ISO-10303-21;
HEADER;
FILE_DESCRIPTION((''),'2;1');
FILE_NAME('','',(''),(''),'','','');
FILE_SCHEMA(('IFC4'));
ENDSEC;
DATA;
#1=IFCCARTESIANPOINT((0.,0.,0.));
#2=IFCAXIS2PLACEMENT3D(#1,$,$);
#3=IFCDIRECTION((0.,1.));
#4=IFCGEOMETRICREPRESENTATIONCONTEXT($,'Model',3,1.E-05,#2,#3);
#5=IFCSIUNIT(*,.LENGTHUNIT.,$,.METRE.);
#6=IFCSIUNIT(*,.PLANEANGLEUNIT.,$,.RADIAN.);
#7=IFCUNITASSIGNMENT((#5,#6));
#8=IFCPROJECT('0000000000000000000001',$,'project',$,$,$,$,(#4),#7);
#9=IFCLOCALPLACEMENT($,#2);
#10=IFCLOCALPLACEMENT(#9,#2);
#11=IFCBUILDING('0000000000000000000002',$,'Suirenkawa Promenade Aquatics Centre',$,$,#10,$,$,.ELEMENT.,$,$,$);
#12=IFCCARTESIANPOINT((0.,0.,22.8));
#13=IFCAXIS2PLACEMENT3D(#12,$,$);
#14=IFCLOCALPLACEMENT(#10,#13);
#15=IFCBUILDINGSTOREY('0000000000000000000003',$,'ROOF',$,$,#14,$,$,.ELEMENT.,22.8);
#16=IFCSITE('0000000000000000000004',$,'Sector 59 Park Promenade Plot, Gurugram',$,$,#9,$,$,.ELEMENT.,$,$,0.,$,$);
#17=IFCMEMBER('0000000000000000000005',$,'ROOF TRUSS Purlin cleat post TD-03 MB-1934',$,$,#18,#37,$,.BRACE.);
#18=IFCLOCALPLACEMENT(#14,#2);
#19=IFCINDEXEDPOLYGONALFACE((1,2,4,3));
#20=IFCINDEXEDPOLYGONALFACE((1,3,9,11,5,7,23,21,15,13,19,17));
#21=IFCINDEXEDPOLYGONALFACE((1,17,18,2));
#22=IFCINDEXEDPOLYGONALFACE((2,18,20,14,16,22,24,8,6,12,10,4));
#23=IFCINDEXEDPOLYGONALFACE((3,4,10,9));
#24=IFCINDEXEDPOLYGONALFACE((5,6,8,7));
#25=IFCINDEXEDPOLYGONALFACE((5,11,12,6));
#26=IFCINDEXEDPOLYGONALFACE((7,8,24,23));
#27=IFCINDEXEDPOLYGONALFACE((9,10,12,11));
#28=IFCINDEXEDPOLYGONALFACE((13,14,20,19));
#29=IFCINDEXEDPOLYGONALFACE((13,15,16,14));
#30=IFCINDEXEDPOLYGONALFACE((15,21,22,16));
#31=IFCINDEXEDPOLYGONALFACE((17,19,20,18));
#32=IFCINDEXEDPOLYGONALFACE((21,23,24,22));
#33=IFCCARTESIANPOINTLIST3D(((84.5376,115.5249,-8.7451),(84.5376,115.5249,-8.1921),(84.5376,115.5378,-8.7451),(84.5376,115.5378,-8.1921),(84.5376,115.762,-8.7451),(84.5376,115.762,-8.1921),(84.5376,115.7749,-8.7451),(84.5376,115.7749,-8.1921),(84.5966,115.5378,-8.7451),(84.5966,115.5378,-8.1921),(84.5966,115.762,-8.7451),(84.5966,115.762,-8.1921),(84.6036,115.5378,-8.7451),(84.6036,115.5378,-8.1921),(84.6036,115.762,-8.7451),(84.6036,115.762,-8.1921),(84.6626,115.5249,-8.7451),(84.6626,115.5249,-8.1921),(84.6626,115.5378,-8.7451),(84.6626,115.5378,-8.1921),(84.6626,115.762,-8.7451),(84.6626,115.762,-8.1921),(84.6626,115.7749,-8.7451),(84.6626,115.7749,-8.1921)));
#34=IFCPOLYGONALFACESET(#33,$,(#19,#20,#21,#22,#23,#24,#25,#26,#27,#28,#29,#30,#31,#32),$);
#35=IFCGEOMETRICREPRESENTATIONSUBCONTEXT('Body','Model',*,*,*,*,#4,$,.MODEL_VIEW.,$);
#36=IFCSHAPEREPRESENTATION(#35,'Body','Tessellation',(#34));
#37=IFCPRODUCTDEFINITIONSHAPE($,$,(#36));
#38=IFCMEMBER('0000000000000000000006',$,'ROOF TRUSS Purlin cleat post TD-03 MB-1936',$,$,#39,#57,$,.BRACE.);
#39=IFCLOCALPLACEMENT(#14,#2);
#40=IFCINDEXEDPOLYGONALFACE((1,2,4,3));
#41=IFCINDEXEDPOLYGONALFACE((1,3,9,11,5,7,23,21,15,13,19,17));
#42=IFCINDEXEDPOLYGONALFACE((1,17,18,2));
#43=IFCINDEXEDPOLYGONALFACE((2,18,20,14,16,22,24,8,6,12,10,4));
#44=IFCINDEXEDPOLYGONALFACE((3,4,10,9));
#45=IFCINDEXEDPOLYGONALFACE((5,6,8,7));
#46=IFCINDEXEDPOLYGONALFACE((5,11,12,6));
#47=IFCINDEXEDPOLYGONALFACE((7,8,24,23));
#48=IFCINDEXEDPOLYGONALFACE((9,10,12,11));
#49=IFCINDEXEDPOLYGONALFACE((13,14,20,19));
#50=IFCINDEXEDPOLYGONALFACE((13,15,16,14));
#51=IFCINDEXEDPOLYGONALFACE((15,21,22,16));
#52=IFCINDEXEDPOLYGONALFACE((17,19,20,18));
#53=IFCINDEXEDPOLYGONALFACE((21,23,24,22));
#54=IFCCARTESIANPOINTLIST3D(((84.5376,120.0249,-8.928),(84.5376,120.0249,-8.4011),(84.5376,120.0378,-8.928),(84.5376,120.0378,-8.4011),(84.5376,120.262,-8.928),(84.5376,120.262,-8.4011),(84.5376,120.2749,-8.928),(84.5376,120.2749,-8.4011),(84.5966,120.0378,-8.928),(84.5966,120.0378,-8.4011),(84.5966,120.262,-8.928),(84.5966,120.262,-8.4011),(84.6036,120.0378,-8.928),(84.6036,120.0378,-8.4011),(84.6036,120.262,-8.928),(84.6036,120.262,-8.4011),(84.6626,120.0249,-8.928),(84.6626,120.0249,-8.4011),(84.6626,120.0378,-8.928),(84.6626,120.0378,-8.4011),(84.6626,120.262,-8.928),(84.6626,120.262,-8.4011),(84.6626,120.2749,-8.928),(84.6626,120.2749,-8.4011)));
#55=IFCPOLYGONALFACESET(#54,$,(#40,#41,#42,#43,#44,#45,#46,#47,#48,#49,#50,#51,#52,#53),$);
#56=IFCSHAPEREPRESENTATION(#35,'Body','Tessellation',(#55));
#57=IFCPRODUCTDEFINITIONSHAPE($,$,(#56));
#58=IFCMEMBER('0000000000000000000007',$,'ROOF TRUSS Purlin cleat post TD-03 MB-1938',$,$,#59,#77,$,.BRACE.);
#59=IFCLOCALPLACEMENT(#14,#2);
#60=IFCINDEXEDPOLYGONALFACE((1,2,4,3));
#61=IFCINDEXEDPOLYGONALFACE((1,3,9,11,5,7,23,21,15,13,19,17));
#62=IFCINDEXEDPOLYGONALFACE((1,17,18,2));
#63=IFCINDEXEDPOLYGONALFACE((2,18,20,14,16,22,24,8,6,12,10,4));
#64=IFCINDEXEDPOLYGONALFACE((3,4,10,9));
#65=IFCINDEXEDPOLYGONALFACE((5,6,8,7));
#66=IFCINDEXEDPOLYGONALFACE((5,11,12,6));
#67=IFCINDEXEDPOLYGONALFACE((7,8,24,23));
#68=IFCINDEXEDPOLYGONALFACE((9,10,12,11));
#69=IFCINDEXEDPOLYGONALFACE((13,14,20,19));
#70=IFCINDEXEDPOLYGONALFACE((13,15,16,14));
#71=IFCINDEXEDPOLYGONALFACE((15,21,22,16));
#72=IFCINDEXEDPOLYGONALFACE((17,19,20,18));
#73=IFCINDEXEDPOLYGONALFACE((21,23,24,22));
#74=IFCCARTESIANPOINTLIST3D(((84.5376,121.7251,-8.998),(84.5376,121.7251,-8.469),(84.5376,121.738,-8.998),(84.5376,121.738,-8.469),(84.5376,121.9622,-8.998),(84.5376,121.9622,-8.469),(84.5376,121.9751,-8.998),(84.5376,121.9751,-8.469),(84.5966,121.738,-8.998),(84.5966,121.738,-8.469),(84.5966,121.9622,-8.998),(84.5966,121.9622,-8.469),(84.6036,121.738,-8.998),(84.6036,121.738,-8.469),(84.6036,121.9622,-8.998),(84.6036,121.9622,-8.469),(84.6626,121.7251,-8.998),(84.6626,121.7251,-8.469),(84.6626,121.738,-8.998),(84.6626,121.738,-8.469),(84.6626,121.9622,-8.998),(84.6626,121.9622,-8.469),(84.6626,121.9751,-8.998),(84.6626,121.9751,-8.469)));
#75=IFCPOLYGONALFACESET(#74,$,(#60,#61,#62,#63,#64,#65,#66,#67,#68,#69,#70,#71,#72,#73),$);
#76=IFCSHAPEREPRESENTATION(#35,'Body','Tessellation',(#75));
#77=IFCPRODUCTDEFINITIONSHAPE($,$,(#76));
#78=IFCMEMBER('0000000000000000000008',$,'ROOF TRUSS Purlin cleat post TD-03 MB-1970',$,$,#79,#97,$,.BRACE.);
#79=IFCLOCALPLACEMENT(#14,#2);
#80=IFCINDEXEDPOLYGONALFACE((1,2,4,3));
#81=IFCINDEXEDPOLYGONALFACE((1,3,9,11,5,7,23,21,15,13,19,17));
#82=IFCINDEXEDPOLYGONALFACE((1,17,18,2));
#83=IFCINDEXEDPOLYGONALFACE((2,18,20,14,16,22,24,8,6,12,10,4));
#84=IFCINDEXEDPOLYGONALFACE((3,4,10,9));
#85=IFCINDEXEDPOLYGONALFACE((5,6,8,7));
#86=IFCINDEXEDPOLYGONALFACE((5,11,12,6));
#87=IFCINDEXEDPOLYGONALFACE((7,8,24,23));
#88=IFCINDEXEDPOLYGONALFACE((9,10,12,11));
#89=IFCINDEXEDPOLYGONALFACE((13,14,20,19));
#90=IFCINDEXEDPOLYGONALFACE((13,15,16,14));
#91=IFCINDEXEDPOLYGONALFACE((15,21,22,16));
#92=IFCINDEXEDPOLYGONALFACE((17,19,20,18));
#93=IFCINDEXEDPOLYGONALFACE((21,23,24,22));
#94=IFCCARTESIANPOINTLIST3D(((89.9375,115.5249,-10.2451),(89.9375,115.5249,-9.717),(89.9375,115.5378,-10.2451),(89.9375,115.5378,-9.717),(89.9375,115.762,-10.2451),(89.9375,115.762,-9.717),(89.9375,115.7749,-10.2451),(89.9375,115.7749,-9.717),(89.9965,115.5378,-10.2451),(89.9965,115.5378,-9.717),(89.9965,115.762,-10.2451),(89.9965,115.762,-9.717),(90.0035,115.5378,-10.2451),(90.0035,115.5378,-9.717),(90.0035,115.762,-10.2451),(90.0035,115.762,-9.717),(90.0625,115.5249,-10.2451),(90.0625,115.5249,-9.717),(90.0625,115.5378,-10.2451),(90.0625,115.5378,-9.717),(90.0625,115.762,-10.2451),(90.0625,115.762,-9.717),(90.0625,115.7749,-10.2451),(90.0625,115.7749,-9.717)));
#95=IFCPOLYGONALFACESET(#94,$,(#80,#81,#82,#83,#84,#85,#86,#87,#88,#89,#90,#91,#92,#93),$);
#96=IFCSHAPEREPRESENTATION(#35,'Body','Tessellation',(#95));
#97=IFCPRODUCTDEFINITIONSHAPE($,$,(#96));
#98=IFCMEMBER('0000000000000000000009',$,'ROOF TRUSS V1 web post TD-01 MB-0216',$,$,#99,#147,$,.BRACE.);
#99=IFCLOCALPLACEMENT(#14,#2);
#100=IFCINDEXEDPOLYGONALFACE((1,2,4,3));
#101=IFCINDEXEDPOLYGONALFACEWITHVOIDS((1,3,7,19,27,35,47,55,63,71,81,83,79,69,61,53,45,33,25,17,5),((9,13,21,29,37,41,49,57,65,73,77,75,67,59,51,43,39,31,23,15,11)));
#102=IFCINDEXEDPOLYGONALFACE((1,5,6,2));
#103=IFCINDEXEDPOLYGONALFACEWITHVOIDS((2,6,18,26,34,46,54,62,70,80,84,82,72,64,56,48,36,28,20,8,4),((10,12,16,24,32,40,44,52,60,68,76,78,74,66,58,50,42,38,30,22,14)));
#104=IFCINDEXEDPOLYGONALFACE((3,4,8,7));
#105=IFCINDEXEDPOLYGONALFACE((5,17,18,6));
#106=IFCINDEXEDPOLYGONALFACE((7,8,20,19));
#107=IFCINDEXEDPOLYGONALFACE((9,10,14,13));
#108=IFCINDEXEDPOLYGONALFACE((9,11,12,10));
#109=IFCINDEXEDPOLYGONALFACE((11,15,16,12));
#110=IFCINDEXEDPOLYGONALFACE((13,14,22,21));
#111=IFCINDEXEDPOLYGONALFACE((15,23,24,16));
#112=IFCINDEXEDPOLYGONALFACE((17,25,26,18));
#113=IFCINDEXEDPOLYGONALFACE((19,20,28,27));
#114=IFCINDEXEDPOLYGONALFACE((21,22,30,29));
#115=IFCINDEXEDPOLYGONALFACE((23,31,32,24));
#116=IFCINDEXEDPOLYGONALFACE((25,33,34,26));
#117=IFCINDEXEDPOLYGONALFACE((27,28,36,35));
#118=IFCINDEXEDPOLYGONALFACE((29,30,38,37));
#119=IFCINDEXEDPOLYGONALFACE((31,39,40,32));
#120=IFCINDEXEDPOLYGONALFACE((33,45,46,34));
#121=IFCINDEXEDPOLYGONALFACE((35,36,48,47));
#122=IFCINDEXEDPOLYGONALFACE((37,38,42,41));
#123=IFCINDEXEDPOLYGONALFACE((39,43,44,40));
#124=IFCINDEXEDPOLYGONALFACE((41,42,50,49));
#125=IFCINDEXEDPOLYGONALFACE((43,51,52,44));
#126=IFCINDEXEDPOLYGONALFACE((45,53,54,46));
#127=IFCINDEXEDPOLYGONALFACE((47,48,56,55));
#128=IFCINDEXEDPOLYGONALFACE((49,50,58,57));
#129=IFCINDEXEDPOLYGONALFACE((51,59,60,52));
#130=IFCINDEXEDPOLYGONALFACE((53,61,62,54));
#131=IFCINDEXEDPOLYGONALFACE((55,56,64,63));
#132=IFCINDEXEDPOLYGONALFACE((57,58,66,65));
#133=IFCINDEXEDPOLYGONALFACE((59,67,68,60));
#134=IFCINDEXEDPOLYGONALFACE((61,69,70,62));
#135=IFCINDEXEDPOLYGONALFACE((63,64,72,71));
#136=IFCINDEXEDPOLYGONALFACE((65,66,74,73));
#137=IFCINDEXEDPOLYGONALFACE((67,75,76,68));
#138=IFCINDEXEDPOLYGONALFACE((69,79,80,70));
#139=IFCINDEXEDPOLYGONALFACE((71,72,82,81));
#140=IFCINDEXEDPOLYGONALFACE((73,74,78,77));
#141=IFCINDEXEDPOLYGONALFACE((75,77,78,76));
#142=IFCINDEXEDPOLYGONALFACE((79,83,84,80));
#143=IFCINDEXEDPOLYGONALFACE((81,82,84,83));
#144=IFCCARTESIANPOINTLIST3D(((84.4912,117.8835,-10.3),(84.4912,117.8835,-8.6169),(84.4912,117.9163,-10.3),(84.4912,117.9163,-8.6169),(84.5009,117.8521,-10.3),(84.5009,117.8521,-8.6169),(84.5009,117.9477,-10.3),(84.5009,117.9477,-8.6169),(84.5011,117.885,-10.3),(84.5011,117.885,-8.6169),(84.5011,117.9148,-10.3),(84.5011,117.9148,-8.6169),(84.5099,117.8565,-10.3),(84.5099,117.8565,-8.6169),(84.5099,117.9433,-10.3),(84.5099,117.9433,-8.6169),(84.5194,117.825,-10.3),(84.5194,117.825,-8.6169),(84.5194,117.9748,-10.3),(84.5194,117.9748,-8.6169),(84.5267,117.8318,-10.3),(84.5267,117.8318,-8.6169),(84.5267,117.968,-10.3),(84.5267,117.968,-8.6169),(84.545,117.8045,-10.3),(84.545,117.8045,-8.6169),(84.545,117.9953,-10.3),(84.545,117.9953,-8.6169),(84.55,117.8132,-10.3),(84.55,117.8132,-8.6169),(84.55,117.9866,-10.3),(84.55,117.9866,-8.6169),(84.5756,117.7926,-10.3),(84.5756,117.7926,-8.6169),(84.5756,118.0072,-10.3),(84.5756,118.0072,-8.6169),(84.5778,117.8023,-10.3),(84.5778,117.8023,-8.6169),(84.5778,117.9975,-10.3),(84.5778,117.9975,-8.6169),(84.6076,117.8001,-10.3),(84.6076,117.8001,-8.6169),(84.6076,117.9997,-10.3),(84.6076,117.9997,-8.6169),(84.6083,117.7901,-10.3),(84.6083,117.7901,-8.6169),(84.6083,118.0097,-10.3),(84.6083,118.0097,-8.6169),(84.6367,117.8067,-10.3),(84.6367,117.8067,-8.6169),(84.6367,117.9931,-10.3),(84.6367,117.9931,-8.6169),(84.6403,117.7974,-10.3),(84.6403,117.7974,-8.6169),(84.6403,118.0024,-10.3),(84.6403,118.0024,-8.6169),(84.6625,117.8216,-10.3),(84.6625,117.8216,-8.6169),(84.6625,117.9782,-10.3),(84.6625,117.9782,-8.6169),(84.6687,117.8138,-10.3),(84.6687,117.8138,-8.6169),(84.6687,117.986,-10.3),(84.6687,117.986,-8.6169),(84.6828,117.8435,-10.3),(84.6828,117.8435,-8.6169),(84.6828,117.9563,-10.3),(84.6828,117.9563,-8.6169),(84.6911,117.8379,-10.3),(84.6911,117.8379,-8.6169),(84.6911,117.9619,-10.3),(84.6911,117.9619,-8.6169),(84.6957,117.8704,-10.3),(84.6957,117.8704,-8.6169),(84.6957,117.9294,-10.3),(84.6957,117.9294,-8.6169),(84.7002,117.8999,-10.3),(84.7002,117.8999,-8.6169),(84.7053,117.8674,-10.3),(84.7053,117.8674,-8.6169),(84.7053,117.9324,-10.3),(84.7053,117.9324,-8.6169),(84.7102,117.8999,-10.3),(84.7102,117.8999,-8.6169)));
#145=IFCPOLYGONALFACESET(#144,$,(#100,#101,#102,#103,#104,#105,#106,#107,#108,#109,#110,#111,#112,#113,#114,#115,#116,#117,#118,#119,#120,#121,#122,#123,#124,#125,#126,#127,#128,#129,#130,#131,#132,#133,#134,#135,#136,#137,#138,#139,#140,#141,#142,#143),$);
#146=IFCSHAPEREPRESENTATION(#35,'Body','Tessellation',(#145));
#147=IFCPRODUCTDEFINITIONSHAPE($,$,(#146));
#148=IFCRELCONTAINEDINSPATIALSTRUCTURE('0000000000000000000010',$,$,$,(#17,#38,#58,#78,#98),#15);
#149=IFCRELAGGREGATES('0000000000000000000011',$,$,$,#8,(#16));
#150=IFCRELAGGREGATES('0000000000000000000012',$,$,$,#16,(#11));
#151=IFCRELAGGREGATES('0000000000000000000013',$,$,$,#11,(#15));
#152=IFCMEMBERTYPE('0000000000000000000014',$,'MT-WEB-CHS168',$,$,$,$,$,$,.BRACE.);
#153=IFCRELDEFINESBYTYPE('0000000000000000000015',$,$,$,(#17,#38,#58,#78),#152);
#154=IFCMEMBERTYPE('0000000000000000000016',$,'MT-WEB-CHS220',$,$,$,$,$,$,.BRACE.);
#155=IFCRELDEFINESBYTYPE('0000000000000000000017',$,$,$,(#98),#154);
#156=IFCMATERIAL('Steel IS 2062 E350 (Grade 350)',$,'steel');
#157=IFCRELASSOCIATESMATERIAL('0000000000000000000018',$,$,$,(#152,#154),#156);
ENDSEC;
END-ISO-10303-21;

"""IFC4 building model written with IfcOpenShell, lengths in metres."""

from ifc_helpers import new_model, si_unit, direction, frame, origin, origin_2d, place, context, subcontext, project, spatial, hollow_circle, i_section, extrude, material, material_profile, profile_set, type_object, element, save


model = new_model("IFC4")

# Units and contexts
model_context = context("Model", 3, precision=1e-05, world=origin(), true_north=direction((0.0, 1.0)))
body_context = subcontext(model_context, "Body", "Model", "MODEL_VIEW")
ifc_project = project(units=[si_unit("LENGTHUNIT", "METRE"), si_unit("PLANEANGLEUNIT", "RADIAN")], contexts=[model_context])

# Site, building, storey
site_placement = place(None, origin())
site = spatial("IfcSite", under=ifc_project, at=site_placement, Name="Sector 59 Park Promenade Plot, Gurugram", CompositionType="ELEMENT", RefElevation=0.0)
building_placement = place(site_placement, origin())
building = spatial("IfcBuilding", under=site, at=building_placement, Name="Suirenkawa Promenade Aquatics Centre", CompositionType="ELEMENT")
storey_placement = place(building_placement, frame((0.0, 0.0, 22.8)))
storey = spatial("IfcBuildingStorey", under=building, at=storey_placement, Name="ROOF", CompositionType="ELEMENT", Elevation=22.8)

# Shared definitions
ifc_material = material(Name="Steel IS 2062 E350 (Grade 350)", Category="steel")

# Members
ifc_material_profile_1 = material_profile(ifc_material, i_section(OverallWidth=0.125, OverallDepth=0.25, WebThickness=0.0071, FlangeThickness=0.0129, at=origin_2d()), Name="ISMB 250", Category="steel")
ifc_profile_set_1 = profile_set([ifc_material_profile_1], Name="Steel IS 2062 E350 (Grade 350)")
member_type_1 = type_object("IfcMemberType", Name="MT-WEB-CHS168", PredefinedType="BRACE", material=ifc_profile_set_1)
member_1_placement = place(storey_placement, frame((84.6001, 115.6499, -8.7451), z_axis=(0.0, 0.0, 1.0), x_axis=(1.0, 0.0, 0.0)))
element("IfcMember", 1, at=member_1_placement, inside=storey, type_object=member_type_1, Name="ROOF TRUSS Purlin cleat post TD-03 MB-1934", PredefinedType="BRACE", context=body_context, shape_type="SweptSolid", body=[
    extrude(i_section(OverallWidth=0.125, OverallDepth=0.25, WebThickness=0.0071, FlangeThickness=0.0129, at=origin_2d()), origin(), (0.0, 0.0, 1.0), 0.553),
])
member_2_placement = place(storey_placement, frame((84.6001, 120.1499, -8.928), z_axis=(0.0, 0.0, 1.0), x_axis=(1.0, 0.0, 0.0)))
element("IfcMember", 2, at=member_2_placement, inside=storey, type_object=member_type_1, Name="ROOF TRUSS Purlin cleat post TD-03 MB-1936", PredefinedType="BRACE", context=body_context, shape_type="SweptSolid", body=[
    extrude(i_section(OverallWidth=0.125, OverallDepth=0.25, WebThickness=0.0071, FlangeThickness=0.0129, at=origin_2d()), origin(), (0.0, 0.0, 1.0), 0.5269),
])
member_3_placement = place(storey_placement, frame((84.6001, 121.8501, -8.998), z_axis=(0.0, 0.0, 1.0), x_axis=(1.0, 0.0, 0.0)))
element("IfcMember", 3, at=member_3_placement, inside=storey, type_object=member_type_1, Name="ROOF TRUSS Purlin cleat post TD-03 MB-1938", PredefinedType="BRACE", context=body_context, shape_type="SweptSolid", body=[
    extrude(i_section(OverallWidth=0.125, OverallDepth=0.25, WebThickness=0.0071, FlangeThickness=0.0129, at=origin_2d()), origin(), (0.0, 0.0, 1.0), 0.5291),
])
member_4_placement = place(storey_placement, frame((90.0, 115.6499, -10.2451), z_axis=(0.0, 0.0, 1.0), x_axis=(1.0, 0.0, 0.0)))
element("IfcMember", 4, at=member_4_placement, inside=storey, type_object=member_type_1, Name="ROOF TRUSS Purlin cleat post TD-03 MB-1970", PredefinedType="BRACE", context=body_context, shape_type="SweptSolid", body=[
    extrude(i_section(OverallWidth=0.125, OverallDepth=0.25, WebThickness=0.0071, FlangeThickness=0.0129, at=origin_2d()), origin(), (0.0, 0.0, 1.0), 0.5281),
])
ifc_material_profile_2 = material_profile(ifc_material, hollow_circle(Radius=0.1101, WallThickness=0.01, at=origin_2d()), Name="CHS 220x10", Category="steel")
ifc_profile_set_2 = profile_set([ifc_material_profile_2], Name="Steel IS 2062 E350 (Grade 350)")
member_type_2 = type_object("IfcMemberType", Name="MT-WEB-CHS220", PredefinedType="BRACE", material=ifc_profile_set_2)
member_5_placement = place(storey_placement, frame((84.6001, 117.8999, -10.3), z_axis=(0.0, 0.0, 1.0), x_axis=(1.0, 0.0, 0.0)))
element("IfcMember", 5, at=member_5_placement, inside=storey, type_object=member_type_2, Name="ROOF TRUSS V1 web post TD-01 MB-0216", PredefinedType="BRACE", context=body_context, shape_type="SweptSolid", body=[
    extrude(hollow_circle(Radius=0.1101, WallThickness=0.01, at=origin_2d()), origin(), (0.0, 0.0, 1.0), 1.6831),
])

save(model, "model.ifc")
